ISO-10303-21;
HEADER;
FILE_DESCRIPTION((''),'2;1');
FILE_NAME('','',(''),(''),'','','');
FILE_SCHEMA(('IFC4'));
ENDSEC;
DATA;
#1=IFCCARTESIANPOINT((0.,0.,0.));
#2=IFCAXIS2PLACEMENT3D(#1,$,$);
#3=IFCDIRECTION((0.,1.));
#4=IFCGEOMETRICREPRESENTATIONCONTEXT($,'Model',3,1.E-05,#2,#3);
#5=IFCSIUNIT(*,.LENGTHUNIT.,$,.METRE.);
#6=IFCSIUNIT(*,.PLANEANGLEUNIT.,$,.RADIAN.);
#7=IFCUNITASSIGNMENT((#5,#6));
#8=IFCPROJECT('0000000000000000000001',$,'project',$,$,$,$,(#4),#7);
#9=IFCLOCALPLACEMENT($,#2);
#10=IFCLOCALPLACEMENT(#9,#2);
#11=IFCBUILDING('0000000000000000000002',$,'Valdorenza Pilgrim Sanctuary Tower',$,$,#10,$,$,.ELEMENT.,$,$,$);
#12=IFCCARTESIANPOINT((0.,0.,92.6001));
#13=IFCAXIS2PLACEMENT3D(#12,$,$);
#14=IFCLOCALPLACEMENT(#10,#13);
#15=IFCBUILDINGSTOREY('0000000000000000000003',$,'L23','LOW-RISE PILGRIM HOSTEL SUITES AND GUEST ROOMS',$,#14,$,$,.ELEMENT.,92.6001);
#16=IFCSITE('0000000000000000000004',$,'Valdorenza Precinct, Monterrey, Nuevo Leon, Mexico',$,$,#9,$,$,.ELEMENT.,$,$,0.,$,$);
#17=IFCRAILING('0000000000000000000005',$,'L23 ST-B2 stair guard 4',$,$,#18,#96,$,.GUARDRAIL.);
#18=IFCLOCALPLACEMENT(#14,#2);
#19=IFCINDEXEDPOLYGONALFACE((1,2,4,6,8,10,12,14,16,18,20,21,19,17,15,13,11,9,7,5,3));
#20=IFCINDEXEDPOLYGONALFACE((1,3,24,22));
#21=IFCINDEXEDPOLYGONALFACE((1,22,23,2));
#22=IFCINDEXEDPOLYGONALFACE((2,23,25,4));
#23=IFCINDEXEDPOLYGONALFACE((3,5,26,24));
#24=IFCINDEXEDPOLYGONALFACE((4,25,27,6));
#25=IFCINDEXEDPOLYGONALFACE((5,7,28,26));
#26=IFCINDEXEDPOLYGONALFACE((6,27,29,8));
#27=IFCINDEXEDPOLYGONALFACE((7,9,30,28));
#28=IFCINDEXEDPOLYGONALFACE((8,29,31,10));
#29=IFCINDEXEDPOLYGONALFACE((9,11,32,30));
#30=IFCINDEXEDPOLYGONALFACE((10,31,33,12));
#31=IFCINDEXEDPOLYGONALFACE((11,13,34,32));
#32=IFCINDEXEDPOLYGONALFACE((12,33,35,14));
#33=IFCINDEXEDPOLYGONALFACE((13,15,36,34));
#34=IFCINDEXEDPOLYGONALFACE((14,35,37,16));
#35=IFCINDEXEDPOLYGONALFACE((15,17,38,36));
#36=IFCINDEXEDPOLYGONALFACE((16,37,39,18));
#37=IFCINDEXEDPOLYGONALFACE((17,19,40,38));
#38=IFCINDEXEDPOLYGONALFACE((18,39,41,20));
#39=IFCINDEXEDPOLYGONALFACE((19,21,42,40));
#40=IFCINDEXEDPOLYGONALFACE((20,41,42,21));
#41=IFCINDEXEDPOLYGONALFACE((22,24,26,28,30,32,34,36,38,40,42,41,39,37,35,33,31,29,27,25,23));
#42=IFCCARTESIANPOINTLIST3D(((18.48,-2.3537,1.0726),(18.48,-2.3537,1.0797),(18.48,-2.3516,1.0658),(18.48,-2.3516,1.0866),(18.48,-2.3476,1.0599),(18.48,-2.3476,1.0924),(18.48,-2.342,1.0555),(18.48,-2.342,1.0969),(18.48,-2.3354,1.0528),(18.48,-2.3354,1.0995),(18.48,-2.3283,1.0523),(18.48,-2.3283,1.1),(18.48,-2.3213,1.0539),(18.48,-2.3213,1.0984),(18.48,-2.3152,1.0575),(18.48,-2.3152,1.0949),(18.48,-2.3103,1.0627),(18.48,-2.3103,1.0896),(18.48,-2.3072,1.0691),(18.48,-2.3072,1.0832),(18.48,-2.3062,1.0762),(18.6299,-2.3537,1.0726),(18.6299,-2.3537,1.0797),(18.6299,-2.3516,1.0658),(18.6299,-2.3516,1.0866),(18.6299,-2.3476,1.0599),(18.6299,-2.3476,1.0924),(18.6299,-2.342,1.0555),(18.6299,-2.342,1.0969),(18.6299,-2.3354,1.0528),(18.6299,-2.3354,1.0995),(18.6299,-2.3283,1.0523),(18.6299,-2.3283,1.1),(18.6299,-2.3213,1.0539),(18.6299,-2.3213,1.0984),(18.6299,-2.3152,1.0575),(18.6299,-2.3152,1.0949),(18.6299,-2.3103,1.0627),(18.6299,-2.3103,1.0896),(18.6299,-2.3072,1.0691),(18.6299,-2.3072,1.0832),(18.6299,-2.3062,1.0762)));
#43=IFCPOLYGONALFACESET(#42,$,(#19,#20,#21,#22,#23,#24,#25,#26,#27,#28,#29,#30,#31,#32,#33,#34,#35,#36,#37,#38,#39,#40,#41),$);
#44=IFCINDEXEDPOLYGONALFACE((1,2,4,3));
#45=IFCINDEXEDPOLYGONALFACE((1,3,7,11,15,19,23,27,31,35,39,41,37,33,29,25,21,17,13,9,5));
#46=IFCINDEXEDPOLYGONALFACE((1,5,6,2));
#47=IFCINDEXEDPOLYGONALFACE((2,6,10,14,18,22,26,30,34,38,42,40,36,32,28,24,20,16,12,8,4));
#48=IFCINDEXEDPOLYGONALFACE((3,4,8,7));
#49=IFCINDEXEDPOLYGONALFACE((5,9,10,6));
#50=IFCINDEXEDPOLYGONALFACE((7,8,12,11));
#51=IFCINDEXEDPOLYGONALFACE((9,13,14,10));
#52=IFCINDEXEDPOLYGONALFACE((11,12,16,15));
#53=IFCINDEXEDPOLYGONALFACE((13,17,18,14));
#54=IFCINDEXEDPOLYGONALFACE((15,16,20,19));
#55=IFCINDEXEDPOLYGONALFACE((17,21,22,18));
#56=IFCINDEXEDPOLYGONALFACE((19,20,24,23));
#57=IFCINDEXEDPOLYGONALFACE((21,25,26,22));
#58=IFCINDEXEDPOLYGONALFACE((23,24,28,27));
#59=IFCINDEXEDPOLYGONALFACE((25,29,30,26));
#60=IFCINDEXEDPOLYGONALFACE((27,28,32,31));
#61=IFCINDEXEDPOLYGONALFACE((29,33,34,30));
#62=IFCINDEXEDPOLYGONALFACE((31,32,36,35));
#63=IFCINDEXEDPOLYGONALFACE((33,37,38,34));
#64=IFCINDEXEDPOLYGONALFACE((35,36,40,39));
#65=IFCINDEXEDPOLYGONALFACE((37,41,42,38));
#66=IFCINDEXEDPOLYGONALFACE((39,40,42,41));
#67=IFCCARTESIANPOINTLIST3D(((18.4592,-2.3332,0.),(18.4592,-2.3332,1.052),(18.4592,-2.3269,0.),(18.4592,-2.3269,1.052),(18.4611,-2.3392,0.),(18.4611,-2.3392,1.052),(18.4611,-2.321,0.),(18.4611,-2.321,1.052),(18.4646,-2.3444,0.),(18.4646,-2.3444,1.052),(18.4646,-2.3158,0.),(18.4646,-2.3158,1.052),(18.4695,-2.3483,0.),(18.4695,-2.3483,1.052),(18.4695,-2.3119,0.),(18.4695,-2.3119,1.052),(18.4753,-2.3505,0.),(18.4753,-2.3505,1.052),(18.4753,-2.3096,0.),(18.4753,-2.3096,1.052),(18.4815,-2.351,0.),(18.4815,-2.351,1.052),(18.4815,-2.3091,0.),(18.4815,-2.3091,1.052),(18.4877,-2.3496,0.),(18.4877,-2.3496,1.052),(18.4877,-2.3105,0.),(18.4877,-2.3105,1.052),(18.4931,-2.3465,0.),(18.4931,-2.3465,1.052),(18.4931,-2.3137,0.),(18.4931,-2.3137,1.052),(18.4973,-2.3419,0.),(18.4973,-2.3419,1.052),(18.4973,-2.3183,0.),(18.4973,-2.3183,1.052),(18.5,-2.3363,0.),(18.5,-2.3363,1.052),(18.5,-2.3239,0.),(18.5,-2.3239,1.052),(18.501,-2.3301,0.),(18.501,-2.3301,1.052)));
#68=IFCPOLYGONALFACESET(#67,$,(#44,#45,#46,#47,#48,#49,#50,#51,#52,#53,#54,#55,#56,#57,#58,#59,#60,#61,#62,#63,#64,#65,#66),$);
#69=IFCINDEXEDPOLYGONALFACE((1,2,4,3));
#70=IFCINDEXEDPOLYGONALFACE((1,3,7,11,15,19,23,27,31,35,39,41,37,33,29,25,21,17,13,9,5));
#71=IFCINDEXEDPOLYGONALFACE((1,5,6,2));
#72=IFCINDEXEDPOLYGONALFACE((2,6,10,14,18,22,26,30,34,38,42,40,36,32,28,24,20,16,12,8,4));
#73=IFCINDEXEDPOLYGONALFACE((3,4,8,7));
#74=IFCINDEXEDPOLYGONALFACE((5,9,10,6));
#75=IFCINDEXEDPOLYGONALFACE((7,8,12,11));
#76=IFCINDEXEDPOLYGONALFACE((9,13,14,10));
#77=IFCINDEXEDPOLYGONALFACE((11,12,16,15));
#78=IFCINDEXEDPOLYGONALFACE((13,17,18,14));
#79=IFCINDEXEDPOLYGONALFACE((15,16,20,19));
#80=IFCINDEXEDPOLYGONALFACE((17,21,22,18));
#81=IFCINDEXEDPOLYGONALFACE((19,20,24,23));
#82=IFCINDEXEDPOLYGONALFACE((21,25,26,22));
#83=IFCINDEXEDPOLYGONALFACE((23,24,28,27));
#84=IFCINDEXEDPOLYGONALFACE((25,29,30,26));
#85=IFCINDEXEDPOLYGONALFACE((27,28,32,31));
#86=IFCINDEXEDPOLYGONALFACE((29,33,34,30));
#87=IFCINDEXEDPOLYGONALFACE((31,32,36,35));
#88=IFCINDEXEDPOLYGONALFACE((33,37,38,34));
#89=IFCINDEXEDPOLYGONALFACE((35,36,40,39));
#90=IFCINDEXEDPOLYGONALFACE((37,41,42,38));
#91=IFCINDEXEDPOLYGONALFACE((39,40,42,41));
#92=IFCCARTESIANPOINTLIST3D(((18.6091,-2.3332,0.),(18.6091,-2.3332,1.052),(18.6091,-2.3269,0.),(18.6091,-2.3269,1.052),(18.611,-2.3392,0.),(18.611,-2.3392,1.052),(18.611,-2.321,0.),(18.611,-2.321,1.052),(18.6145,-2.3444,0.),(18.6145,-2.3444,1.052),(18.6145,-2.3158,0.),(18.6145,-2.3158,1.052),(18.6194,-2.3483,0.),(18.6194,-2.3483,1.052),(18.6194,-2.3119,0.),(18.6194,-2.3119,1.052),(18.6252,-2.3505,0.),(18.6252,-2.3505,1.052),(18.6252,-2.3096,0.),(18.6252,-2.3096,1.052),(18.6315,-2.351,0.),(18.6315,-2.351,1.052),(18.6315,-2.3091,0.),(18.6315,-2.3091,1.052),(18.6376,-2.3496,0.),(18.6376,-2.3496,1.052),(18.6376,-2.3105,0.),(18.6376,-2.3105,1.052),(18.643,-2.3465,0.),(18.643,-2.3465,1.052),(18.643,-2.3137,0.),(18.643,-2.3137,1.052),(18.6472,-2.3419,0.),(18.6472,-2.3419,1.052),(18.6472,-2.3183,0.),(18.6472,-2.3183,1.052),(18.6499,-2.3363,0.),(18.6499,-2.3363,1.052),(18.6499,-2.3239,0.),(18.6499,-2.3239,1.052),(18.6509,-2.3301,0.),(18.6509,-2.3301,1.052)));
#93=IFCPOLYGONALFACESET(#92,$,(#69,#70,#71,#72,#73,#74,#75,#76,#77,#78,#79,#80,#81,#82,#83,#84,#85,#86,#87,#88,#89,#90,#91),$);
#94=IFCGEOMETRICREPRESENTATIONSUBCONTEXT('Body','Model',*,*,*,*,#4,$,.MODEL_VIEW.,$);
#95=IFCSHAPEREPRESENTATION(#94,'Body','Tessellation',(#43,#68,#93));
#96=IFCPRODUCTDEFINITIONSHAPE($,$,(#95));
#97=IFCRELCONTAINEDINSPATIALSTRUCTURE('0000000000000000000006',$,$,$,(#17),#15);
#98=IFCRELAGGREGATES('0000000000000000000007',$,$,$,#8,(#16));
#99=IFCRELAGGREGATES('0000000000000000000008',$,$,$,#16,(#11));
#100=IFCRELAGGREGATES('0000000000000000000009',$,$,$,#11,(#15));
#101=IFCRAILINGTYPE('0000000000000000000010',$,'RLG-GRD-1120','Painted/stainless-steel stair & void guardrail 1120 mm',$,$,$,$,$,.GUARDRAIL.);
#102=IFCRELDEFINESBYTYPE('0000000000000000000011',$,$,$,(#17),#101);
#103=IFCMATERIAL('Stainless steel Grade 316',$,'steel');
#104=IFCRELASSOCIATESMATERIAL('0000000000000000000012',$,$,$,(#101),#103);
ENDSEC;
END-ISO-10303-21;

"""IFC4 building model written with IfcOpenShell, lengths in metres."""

from ifc_helpers import new_model, si_unit, direction, frame, origin, origin_2d, place, context, subcontext, project, spatial, circle, extrude, material, type_object, element, save


model = new_model("IFC4")

# Units and contexts
model_context = context("Model", 3, precision=1e-05, world=origin(), true_north=direction((0.0, 1.0)))
body_context = subcontext(model_context, "Body", "Model", "MODEL_VIEW")
ifc_project = project(units=[si_unit("LENGTHUNIT", "METRE"), si_unit("PLANEANGLEUNIT", "RADIAN")], contexts=[model_context])

# Site, building, storey
site_placement = place(None, origin())
site = spatial("IfcSite", under=ifc_project, at=site_placement, Name="Valdorenza Precinct, Monterrey, Nuevo Leon, Mexico", CompositionType="ELEMENT", RefElevation=0.0)
building_placement = place(site_placement, origin())
building = spatial("IfcBuilding", under=site, at=building_placement, Name="Valdorenza Pilgrim Sanctuary Tower", CompositionType="ELEMENT")
storey_placement = place(building_placement, frame((0.0, 0.0, 92.6001)))
storey = spatial("IfcBuildingStorey", under=building, at=storey_placement, Name="L23", Description="LOW-RISE PILGRIM HOSTEL SUITES AND GUEST ROOMS", CompositionType="ELEMENT", Elevation=92.6001)

# Railing
ifc_material_1 = material(Name="Stainless steel Grade 316", Category="steel")
railing_type_1 = type_object("IfcRailingType", Name="RLG-GRD-1120", Description="Painted/stainless-steel stair & void guardrail 1120 mm", PredefinedType="GUARDRAIL", material=ifc_material_1)
railing_1_placement = place(storey_placement, frame((18.48, -2.3301, 0.0)))
element("IfcRailing", 1, at=railing_1_placement, inside=storey, type_object=railing_type_1, Name="L23 ST-B2 stair guard 4", PredefinedType="GUARDRAIL", context=body_context, shape_type="SweptSolid", body=[
    extrude(circle(Radius=0.0239, at=origin_2d()), frame((0.0, 0.0, 1.0762), z_axis=(1.0, 0.0, 0.0), x_axis=(0.0, 1.0, 0.0)), (0.0, 0.0, 1.0), 0.1499),
    extrude(circle(Radius=0.021, at=origin_2d()), origin(), (0.0, 0.0, 1.0), 1.052),
    extrude(circle(Radius=0.021, at=origin_2d()), frame((0.1499, 0.0, 0.0)), (0.0, 0.0, 1.0), 1.052),
])

save(model, "model.ifc")
